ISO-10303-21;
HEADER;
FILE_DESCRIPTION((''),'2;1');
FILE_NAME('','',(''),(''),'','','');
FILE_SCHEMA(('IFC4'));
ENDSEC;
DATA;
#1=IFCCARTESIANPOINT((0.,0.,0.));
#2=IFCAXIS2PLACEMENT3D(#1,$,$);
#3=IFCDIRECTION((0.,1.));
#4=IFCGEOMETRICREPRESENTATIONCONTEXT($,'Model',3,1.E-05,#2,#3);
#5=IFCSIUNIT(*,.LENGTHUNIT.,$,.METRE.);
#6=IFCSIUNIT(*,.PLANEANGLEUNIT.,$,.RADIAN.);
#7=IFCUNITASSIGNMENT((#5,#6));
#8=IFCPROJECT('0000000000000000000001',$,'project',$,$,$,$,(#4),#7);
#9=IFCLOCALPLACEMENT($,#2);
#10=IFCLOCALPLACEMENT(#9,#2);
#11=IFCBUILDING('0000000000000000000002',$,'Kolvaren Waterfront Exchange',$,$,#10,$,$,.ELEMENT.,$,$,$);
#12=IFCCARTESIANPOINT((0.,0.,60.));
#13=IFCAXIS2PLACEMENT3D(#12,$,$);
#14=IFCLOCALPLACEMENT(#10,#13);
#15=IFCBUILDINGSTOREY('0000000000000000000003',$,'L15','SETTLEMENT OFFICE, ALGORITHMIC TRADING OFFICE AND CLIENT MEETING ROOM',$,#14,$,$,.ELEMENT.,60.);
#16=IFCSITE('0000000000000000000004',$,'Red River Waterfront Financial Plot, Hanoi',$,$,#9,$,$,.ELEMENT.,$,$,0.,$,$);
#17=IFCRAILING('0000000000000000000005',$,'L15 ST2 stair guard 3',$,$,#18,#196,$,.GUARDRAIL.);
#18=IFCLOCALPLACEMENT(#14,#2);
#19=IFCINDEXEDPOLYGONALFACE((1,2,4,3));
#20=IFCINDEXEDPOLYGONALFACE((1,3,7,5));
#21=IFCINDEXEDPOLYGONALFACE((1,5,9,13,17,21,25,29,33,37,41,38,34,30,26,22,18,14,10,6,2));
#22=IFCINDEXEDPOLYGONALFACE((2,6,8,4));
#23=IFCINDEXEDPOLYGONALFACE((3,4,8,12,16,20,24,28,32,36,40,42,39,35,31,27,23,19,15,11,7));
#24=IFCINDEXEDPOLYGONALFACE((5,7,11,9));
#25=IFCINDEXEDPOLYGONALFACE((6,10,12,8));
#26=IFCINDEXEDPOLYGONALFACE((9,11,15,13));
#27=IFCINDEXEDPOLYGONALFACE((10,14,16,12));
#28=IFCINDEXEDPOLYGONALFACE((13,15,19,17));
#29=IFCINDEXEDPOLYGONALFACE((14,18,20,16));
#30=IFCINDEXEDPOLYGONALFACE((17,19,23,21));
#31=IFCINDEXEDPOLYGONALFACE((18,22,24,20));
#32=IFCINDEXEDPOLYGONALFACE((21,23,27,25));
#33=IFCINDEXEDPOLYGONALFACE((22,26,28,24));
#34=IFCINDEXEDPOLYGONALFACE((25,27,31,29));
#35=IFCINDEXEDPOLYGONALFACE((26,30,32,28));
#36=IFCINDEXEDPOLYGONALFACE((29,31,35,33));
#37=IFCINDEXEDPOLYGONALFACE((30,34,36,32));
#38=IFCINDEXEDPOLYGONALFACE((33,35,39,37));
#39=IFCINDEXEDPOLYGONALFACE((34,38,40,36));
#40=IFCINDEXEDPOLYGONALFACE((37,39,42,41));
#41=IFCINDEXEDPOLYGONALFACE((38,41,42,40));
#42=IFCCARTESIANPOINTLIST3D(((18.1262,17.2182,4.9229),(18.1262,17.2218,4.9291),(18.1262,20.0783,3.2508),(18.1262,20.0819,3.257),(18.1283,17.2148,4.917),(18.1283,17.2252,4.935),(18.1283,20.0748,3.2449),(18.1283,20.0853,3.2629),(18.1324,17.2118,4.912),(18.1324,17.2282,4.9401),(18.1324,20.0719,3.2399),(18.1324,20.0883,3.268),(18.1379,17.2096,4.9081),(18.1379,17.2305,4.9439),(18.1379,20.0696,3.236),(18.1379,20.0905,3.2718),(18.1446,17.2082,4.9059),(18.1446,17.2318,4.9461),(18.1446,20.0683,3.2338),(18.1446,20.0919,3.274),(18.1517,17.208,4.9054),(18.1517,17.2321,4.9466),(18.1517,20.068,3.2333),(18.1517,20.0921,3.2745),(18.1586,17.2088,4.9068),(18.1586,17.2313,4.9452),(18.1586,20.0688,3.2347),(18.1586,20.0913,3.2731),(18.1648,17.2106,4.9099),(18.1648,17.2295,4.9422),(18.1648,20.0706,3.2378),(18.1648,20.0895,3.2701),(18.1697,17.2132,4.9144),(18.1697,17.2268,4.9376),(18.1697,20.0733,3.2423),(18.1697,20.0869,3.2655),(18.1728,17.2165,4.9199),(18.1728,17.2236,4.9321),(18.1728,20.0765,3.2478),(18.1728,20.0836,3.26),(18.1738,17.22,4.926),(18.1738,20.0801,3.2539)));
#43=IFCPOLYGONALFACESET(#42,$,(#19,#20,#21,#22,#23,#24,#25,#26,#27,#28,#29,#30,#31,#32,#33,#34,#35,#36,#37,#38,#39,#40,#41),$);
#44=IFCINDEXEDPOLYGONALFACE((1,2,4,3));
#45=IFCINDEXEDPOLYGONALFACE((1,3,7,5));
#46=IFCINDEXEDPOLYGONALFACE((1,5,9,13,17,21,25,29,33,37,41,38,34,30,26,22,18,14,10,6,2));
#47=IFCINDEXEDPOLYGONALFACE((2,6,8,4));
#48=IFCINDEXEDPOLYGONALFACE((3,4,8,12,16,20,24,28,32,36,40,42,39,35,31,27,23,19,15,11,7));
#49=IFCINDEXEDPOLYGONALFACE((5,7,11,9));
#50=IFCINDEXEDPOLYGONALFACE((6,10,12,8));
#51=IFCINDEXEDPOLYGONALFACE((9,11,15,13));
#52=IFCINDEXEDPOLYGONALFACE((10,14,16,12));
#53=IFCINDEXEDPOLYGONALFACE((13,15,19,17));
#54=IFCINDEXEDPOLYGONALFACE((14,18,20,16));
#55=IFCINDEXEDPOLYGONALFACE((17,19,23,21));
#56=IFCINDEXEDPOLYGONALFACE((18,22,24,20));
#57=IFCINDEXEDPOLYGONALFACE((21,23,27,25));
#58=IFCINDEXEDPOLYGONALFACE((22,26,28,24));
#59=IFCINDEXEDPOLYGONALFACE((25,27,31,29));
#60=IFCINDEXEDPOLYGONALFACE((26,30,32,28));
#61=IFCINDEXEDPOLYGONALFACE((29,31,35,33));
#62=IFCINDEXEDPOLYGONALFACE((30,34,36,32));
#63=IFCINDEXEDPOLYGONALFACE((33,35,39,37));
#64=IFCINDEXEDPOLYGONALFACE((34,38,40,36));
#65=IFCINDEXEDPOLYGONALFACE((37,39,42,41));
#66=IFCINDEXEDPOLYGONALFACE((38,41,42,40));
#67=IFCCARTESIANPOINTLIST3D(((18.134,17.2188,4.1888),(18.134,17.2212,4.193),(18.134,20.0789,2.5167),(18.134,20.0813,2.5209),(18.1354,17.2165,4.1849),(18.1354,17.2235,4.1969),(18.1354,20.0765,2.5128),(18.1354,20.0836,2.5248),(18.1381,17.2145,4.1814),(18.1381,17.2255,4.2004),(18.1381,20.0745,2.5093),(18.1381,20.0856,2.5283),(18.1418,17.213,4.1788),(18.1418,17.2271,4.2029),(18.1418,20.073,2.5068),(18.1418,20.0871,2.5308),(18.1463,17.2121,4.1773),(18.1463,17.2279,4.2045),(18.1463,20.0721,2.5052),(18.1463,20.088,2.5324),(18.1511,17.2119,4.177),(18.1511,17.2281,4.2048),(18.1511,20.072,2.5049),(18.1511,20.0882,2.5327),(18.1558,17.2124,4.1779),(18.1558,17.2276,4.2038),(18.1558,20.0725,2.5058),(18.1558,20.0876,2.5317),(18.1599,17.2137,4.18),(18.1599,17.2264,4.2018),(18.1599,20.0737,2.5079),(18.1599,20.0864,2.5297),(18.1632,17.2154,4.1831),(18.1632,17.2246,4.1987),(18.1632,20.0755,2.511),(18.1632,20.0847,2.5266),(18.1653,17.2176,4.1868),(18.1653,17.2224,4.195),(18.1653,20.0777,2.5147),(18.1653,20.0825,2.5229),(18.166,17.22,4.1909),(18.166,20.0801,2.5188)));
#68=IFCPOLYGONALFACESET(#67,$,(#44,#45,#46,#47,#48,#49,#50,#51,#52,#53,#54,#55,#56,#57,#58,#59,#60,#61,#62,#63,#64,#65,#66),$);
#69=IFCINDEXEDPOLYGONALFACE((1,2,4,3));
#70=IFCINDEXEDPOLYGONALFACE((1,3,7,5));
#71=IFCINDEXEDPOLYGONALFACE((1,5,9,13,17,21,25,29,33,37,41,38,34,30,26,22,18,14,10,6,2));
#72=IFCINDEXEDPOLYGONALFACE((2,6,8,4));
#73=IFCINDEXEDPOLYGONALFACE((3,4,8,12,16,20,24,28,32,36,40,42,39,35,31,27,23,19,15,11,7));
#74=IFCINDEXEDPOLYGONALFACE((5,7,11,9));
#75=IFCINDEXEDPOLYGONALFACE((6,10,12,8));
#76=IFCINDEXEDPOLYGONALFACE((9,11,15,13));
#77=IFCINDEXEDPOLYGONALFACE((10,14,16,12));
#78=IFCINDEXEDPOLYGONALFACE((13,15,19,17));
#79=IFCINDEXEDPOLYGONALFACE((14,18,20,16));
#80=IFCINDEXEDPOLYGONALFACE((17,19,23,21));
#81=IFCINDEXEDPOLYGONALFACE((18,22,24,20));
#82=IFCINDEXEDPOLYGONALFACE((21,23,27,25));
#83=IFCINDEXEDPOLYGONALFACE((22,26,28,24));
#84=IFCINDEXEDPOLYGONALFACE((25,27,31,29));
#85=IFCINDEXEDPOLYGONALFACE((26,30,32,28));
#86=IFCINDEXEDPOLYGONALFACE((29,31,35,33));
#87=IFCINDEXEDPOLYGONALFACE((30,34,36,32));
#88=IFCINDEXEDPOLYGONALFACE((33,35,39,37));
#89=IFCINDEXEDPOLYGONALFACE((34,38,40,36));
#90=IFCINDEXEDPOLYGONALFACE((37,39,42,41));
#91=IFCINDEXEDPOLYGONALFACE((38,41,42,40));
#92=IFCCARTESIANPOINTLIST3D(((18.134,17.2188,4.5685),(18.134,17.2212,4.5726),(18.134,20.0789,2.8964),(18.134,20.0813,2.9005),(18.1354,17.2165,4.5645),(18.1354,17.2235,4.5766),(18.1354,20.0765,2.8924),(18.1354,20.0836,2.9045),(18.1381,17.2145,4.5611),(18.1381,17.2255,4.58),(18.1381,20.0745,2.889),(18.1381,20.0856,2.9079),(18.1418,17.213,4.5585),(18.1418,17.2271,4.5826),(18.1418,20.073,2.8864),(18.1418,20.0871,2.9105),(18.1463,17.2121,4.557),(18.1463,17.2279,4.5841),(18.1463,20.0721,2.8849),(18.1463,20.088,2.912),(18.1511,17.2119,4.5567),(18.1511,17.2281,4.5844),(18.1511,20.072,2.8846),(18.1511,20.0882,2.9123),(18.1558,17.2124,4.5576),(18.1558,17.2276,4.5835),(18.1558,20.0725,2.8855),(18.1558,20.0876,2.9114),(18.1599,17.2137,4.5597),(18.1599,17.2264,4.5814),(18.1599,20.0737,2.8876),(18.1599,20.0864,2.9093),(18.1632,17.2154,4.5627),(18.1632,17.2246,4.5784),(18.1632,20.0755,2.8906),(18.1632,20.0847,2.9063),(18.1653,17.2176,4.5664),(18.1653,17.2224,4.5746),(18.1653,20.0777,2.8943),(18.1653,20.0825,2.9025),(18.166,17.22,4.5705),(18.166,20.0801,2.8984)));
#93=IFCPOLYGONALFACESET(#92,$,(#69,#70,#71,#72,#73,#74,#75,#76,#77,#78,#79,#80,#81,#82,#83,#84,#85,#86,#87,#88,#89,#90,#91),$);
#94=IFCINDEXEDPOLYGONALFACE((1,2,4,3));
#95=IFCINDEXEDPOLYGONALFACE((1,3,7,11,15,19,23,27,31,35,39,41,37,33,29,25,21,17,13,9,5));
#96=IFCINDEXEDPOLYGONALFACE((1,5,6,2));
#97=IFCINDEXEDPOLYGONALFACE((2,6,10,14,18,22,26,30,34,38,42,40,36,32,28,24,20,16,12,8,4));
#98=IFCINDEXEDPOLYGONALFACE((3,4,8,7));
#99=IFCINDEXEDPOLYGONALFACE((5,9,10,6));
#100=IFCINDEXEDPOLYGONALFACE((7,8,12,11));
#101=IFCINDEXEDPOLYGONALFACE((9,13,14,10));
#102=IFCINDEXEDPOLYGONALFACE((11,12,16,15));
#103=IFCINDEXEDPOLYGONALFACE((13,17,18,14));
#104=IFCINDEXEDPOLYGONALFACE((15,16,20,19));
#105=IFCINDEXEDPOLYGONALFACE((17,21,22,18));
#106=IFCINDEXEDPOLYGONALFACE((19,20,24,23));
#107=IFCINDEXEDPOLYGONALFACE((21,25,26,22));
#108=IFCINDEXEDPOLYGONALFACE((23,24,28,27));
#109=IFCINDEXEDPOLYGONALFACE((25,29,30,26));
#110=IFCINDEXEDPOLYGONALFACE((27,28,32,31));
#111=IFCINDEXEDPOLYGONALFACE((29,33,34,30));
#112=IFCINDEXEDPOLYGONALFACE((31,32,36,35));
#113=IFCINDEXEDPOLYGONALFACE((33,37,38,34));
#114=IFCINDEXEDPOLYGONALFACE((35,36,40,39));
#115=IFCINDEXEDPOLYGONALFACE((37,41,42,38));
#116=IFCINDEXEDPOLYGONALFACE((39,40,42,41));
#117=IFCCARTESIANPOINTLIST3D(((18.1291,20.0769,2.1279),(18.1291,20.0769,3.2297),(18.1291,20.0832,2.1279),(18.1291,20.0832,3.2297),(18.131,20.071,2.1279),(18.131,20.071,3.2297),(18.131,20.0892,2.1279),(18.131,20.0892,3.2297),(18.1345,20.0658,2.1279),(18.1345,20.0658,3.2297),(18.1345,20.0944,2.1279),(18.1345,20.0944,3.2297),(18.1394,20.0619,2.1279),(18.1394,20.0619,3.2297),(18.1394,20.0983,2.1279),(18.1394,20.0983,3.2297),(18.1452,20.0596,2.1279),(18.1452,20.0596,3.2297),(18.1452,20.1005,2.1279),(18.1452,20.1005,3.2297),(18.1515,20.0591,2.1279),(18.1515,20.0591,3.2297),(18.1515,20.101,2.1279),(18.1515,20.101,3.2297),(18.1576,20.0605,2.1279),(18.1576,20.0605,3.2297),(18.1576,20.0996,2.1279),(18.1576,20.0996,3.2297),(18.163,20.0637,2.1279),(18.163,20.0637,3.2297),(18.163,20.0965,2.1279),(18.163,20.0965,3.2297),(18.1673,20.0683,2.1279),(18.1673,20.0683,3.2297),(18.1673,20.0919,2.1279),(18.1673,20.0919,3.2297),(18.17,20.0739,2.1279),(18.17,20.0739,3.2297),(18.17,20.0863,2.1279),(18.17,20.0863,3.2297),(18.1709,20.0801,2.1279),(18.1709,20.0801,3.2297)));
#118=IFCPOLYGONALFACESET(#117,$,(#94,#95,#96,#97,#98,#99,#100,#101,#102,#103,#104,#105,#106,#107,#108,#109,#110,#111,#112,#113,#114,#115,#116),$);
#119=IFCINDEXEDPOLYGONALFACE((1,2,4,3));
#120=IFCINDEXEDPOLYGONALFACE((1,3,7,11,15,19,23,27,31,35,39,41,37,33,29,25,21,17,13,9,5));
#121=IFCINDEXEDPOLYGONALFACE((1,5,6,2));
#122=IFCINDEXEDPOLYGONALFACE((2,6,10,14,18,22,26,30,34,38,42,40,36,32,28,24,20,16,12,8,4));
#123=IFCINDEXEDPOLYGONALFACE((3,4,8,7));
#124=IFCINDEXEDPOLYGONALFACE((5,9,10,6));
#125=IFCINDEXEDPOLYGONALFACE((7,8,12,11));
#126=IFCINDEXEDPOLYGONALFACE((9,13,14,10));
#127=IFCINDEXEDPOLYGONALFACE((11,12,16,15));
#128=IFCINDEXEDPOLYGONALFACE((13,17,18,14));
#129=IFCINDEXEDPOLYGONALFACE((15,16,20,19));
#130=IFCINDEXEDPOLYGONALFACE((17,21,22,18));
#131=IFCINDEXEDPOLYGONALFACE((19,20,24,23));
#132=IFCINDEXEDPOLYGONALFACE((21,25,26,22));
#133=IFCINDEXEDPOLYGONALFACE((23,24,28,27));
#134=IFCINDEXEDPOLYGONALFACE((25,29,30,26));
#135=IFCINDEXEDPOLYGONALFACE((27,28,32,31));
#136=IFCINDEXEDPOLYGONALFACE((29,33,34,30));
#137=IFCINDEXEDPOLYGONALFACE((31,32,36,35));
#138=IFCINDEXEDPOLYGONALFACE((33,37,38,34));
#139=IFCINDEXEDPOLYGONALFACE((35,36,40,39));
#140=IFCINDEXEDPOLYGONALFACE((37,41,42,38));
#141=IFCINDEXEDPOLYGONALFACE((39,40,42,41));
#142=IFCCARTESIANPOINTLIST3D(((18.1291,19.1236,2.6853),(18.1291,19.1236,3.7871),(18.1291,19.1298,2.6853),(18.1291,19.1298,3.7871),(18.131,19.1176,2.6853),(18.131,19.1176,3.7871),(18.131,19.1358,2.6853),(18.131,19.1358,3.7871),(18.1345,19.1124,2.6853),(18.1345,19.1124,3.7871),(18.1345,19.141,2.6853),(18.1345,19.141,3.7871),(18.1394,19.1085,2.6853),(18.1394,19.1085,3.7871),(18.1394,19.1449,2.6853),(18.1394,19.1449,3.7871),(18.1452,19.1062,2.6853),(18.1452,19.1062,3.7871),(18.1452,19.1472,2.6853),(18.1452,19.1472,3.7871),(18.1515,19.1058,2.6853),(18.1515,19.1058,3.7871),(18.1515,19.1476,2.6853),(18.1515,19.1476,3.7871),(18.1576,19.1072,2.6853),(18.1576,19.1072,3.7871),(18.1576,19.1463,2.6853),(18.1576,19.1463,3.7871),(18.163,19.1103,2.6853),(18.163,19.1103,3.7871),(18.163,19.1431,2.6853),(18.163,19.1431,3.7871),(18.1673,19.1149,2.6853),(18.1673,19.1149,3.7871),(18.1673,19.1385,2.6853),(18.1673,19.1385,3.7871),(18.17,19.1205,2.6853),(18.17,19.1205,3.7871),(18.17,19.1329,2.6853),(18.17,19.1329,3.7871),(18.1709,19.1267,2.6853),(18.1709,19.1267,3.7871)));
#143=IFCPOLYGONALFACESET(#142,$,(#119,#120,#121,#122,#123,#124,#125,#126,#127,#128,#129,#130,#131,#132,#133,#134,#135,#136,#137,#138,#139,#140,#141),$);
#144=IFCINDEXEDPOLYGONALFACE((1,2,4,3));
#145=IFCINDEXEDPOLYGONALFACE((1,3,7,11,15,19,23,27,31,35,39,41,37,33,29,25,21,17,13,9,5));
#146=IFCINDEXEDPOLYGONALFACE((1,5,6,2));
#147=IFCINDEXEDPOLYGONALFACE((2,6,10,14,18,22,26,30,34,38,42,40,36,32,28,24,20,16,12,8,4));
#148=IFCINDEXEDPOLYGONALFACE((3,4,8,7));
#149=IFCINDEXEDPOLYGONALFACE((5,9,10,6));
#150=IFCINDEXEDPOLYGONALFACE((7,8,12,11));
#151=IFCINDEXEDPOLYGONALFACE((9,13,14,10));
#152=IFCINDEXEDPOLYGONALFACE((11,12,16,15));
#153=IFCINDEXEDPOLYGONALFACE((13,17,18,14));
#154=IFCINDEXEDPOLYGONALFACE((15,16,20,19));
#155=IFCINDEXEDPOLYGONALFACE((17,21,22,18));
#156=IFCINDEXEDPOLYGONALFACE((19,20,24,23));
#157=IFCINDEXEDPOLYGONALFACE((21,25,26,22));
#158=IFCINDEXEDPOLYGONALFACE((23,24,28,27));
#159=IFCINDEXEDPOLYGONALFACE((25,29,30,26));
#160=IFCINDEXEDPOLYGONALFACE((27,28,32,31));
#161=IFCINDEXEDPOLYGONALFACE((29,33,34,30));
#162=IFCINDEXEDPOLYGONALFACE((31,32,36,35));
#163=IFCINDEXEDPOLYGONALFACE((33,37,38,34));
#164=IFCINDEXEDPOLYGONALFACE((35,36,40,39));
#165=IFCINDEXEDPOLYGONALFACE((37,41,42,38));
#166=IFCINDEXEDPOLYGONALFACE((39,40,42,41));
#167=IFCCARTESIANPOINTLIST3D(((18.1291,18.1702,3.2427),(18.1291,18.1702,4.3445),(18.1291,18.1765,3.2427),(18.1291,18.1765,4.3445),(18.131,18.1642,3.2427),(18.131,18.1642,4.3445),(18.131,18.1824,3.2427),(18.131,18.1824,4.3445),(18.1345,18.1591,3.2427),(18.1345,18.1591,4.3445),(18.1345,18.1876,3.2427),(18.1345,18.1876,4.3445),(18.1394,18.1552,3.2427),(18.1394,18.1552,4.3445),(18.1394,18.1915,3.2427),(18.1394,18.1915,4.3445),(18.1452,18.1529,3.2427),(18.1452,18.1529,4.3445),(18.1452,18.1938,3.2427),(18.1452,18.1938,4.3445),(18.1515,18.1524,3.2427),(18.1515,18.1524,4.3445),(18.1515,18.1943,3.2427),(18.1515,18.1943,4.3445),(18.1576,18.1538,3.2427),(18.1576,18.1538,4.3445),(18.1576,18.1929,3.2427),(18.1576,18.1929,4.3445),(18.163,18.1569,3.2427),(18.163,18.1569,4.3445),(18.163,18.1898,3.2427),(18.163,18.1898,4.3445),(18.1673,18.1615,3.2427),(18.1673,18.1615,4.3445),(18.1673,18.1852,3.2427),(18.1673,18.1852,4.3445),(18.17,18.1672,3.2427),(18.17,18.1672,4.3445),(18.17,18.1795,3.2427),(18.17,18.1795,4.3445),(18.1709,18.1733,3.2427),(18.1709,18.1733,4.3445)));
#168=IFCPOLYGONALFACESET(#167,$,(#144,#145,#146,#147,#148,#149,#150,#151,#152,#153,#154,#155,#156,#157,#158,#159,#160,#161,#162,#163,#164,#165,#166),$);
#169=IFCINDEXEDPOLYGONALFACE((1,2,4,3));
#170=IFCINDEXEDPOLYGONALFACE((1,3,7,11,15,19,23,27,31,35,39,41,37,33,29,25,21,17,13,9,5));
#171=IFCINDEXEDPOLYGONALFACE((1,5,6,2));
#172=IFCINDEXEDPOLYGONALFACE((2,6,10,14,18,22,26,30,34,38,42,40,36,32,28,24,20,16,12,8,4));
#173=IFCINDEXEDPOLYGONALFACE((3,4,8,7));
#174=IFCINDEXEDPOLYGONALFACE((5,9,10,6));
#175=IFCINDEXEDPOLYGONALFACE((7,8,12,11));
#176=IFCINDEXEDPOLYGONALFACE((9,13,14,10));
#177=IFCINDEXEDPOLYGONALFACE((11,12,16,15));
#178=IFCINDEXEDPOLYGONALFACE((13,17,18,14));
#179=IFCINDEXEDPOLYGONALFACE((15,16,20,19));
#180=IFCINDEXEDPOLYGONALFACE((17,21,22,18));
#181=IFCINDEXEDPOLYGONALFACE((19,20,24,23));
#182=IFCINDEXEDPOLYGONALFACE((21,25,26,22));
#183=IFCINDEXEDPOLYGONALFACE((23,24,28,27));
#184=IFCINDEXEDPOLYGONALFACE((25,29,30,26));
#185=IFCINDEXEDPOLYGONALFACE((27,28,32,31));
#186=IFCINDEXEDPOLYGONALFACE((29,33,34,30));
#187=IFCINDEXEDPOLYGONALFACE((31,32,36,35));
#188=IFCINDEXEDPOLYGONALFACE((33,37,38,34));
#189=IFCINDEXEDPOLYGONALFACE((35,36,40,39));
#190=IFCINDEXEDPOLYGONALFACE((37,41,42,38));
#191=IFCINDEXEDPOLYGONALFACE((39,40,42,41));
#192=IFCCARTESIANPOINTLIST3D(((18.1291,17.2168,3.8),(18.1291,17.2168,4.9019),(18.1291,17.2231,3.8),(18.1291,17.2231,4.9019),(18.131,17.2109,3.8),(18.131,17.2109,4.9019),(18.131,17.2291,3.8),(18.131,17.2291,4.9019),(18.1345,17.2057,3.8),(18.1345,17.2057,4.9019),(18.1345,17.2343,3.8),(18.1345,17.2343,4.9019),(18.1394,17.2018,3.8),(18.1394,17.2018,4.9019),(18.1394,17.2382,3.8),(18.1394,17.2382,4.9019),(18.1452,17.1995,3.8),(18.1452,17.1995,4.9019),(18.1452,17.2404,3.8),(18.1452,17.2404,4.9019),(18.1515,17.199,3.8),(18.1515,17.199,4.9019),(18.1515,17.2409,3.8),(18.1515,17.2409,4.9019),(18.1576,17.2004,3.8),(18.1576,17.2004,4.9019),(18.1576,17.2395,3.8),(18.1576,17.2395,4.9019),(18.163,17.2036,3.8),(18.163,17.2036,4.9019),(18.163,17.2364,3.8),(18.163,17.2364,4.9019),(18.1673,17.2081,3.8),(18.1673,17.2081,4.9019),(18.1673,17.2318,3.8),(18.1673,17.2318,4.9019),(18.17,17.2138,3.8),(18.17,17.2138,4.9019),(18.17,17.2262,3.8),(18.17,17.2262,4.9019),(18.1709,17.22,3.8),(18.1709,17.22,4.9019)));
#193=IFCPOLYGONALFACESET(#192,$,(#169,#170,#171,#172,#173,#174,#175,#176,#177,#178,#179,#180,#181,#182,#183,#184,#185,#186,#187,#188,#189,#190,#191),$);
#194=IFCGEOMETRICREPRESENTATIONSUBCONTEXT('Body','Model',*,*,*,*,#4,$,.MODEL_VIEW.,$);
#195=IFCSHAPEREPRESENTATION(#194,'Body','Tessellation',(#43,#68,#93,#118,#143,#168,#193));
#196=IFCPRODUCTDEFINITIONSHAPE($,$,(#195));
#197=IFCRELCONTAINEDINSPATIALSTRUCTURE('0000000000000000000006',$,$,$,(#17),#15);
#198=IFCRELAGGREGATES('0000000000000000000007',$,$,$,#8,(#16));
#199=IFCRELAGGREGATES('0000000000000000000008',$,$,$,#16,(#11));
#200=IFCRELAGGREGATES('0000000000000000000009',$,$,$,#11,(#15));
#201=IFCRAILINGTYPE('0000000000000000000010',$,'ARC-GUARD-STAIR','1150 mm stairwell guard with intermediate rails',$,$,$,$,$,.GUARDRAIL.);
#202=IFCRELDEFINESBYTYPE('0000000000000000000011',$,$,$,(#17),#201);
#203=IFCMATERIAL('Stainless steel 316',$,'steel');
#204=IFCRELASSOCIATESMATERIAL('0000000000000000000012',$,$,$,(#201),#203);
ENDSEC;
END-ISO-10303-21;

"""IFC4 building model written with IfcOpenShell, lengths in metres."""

from ifc_helpers import new_model, si_unit, direction, frame, origin, origin_2d, place, context, subcontext, project, spatial, circle, extrude, material, type_object, element, save


model = new_model("IFC4")

# Units and contexts
model_context = context("Model", 3, precision=1e-05, world=origin(), true_north=direction((0.0, 1.0)))
body_context = subcontext(model_context, "Body", "Model", "MODEL_VIEW")
ifc_project = project(units=[si_unit("LENGTHUNIT", "METRE"), si_unit("PLANEANGLEUNIT", "RADIAN")], contexts=[model_context])

# Site, building, storey
site_placement = place(None, origin())
site = spatial("IfcSite", under=ifc_project, at=site_placement, Name="Red River Waterfront Financial Plot, Hanoi", CompositionType="ELEMENT", RefElevation=0.0)
building_placement = place(site_placement, origin())
building = spatial("IfcBuilding", under=site, at=building_placement, Name="Kolvaren Waterfront Exchange", CompositionType="ELEMENT")
storey_placement = place(building_placement, frame((0.0, 0.0, 60.0)))
storey = spatial("IfcBuildingStorey", under=building, at=storey_placement, Name="L15", Description="SETTLEMENT OFFICE, ALGORITHMIC TRADING OFFICE AND CLIENT MEETING ROOM", CompositionType="ELEMENT", Elevation=60.0)

# Railing
ifc_material_1 = material(Name="Stainless steel 316", Category="steel")
railing_type_1 = type_object("IfcRailingType", Name="ARC-GUARD-STAIR", Description="1150 mm stairwell guard with intermediate rails", PredefinedType="GUARDRAIL", material=ifc_material_1)
railing_1_placement = place(storey_placement, frame((18.1499, 20.0801, 2.1279)))
element("IfcRailing", 1, at=railing_1_placement, inside=storey, type_object=railing_type_1, Name="L15 ST2 stair guard 3", PredefinedType="GUARDRAIL", context=body_context, shape_type="SweptSolid", body=[
    extrude(circle(Radius=0.0239, at=origin_2d()), frame((0.0, 0.0, 1.126), z_axis=(0.0, -0.863289, 0.504709), x_axis=(1.0, 0.0, 0.0)), (0.0, 0.0, 1.0), 3.313),
    extrude(circle(Radius=0.0161, at=origin_2d()), frame((0.0, 0.0, 0.3909), z_axis=(0.0, -0.863289, 0.504709), x_axis=(1.0, 0.0, 0.0)), (0.0, 0.0, 1.0), 3.313),
    extrude(circle(Radius=0.0161, at=origin_2d()), frame((0.0, 0.0, 0.7705), z_axis=(0.0, -0.863289, 0.504709), x_axis=(1.0, 0.0, 0.0)), (0.0, 0.0, 1.0), 3.313),
    extrude(circle(Radius=0.021, at=origin_2d()), origin(), (0.0, 0.0, 1.0), 1.1018),
    extrude(circle(Radius=0.021, at=origin_2d()), frame((0.0, -0.9534, 0.5574)), (0.0, 0.0, 1.0), 1.1018),
    extrude(circle(Radius=0.021, at=origin_2d()), frame((0.0, -1.9067, 1.1147)), (0.0, 0.0, 1.0), 1.1018),
    extrude(circle(Radius=0.021, at=origin_2d()), frame((0.0, -2.8601, 1.6721)), (0.0, 0.0, 1.0), 1.1018),
])

save(model, "model.ifc")
